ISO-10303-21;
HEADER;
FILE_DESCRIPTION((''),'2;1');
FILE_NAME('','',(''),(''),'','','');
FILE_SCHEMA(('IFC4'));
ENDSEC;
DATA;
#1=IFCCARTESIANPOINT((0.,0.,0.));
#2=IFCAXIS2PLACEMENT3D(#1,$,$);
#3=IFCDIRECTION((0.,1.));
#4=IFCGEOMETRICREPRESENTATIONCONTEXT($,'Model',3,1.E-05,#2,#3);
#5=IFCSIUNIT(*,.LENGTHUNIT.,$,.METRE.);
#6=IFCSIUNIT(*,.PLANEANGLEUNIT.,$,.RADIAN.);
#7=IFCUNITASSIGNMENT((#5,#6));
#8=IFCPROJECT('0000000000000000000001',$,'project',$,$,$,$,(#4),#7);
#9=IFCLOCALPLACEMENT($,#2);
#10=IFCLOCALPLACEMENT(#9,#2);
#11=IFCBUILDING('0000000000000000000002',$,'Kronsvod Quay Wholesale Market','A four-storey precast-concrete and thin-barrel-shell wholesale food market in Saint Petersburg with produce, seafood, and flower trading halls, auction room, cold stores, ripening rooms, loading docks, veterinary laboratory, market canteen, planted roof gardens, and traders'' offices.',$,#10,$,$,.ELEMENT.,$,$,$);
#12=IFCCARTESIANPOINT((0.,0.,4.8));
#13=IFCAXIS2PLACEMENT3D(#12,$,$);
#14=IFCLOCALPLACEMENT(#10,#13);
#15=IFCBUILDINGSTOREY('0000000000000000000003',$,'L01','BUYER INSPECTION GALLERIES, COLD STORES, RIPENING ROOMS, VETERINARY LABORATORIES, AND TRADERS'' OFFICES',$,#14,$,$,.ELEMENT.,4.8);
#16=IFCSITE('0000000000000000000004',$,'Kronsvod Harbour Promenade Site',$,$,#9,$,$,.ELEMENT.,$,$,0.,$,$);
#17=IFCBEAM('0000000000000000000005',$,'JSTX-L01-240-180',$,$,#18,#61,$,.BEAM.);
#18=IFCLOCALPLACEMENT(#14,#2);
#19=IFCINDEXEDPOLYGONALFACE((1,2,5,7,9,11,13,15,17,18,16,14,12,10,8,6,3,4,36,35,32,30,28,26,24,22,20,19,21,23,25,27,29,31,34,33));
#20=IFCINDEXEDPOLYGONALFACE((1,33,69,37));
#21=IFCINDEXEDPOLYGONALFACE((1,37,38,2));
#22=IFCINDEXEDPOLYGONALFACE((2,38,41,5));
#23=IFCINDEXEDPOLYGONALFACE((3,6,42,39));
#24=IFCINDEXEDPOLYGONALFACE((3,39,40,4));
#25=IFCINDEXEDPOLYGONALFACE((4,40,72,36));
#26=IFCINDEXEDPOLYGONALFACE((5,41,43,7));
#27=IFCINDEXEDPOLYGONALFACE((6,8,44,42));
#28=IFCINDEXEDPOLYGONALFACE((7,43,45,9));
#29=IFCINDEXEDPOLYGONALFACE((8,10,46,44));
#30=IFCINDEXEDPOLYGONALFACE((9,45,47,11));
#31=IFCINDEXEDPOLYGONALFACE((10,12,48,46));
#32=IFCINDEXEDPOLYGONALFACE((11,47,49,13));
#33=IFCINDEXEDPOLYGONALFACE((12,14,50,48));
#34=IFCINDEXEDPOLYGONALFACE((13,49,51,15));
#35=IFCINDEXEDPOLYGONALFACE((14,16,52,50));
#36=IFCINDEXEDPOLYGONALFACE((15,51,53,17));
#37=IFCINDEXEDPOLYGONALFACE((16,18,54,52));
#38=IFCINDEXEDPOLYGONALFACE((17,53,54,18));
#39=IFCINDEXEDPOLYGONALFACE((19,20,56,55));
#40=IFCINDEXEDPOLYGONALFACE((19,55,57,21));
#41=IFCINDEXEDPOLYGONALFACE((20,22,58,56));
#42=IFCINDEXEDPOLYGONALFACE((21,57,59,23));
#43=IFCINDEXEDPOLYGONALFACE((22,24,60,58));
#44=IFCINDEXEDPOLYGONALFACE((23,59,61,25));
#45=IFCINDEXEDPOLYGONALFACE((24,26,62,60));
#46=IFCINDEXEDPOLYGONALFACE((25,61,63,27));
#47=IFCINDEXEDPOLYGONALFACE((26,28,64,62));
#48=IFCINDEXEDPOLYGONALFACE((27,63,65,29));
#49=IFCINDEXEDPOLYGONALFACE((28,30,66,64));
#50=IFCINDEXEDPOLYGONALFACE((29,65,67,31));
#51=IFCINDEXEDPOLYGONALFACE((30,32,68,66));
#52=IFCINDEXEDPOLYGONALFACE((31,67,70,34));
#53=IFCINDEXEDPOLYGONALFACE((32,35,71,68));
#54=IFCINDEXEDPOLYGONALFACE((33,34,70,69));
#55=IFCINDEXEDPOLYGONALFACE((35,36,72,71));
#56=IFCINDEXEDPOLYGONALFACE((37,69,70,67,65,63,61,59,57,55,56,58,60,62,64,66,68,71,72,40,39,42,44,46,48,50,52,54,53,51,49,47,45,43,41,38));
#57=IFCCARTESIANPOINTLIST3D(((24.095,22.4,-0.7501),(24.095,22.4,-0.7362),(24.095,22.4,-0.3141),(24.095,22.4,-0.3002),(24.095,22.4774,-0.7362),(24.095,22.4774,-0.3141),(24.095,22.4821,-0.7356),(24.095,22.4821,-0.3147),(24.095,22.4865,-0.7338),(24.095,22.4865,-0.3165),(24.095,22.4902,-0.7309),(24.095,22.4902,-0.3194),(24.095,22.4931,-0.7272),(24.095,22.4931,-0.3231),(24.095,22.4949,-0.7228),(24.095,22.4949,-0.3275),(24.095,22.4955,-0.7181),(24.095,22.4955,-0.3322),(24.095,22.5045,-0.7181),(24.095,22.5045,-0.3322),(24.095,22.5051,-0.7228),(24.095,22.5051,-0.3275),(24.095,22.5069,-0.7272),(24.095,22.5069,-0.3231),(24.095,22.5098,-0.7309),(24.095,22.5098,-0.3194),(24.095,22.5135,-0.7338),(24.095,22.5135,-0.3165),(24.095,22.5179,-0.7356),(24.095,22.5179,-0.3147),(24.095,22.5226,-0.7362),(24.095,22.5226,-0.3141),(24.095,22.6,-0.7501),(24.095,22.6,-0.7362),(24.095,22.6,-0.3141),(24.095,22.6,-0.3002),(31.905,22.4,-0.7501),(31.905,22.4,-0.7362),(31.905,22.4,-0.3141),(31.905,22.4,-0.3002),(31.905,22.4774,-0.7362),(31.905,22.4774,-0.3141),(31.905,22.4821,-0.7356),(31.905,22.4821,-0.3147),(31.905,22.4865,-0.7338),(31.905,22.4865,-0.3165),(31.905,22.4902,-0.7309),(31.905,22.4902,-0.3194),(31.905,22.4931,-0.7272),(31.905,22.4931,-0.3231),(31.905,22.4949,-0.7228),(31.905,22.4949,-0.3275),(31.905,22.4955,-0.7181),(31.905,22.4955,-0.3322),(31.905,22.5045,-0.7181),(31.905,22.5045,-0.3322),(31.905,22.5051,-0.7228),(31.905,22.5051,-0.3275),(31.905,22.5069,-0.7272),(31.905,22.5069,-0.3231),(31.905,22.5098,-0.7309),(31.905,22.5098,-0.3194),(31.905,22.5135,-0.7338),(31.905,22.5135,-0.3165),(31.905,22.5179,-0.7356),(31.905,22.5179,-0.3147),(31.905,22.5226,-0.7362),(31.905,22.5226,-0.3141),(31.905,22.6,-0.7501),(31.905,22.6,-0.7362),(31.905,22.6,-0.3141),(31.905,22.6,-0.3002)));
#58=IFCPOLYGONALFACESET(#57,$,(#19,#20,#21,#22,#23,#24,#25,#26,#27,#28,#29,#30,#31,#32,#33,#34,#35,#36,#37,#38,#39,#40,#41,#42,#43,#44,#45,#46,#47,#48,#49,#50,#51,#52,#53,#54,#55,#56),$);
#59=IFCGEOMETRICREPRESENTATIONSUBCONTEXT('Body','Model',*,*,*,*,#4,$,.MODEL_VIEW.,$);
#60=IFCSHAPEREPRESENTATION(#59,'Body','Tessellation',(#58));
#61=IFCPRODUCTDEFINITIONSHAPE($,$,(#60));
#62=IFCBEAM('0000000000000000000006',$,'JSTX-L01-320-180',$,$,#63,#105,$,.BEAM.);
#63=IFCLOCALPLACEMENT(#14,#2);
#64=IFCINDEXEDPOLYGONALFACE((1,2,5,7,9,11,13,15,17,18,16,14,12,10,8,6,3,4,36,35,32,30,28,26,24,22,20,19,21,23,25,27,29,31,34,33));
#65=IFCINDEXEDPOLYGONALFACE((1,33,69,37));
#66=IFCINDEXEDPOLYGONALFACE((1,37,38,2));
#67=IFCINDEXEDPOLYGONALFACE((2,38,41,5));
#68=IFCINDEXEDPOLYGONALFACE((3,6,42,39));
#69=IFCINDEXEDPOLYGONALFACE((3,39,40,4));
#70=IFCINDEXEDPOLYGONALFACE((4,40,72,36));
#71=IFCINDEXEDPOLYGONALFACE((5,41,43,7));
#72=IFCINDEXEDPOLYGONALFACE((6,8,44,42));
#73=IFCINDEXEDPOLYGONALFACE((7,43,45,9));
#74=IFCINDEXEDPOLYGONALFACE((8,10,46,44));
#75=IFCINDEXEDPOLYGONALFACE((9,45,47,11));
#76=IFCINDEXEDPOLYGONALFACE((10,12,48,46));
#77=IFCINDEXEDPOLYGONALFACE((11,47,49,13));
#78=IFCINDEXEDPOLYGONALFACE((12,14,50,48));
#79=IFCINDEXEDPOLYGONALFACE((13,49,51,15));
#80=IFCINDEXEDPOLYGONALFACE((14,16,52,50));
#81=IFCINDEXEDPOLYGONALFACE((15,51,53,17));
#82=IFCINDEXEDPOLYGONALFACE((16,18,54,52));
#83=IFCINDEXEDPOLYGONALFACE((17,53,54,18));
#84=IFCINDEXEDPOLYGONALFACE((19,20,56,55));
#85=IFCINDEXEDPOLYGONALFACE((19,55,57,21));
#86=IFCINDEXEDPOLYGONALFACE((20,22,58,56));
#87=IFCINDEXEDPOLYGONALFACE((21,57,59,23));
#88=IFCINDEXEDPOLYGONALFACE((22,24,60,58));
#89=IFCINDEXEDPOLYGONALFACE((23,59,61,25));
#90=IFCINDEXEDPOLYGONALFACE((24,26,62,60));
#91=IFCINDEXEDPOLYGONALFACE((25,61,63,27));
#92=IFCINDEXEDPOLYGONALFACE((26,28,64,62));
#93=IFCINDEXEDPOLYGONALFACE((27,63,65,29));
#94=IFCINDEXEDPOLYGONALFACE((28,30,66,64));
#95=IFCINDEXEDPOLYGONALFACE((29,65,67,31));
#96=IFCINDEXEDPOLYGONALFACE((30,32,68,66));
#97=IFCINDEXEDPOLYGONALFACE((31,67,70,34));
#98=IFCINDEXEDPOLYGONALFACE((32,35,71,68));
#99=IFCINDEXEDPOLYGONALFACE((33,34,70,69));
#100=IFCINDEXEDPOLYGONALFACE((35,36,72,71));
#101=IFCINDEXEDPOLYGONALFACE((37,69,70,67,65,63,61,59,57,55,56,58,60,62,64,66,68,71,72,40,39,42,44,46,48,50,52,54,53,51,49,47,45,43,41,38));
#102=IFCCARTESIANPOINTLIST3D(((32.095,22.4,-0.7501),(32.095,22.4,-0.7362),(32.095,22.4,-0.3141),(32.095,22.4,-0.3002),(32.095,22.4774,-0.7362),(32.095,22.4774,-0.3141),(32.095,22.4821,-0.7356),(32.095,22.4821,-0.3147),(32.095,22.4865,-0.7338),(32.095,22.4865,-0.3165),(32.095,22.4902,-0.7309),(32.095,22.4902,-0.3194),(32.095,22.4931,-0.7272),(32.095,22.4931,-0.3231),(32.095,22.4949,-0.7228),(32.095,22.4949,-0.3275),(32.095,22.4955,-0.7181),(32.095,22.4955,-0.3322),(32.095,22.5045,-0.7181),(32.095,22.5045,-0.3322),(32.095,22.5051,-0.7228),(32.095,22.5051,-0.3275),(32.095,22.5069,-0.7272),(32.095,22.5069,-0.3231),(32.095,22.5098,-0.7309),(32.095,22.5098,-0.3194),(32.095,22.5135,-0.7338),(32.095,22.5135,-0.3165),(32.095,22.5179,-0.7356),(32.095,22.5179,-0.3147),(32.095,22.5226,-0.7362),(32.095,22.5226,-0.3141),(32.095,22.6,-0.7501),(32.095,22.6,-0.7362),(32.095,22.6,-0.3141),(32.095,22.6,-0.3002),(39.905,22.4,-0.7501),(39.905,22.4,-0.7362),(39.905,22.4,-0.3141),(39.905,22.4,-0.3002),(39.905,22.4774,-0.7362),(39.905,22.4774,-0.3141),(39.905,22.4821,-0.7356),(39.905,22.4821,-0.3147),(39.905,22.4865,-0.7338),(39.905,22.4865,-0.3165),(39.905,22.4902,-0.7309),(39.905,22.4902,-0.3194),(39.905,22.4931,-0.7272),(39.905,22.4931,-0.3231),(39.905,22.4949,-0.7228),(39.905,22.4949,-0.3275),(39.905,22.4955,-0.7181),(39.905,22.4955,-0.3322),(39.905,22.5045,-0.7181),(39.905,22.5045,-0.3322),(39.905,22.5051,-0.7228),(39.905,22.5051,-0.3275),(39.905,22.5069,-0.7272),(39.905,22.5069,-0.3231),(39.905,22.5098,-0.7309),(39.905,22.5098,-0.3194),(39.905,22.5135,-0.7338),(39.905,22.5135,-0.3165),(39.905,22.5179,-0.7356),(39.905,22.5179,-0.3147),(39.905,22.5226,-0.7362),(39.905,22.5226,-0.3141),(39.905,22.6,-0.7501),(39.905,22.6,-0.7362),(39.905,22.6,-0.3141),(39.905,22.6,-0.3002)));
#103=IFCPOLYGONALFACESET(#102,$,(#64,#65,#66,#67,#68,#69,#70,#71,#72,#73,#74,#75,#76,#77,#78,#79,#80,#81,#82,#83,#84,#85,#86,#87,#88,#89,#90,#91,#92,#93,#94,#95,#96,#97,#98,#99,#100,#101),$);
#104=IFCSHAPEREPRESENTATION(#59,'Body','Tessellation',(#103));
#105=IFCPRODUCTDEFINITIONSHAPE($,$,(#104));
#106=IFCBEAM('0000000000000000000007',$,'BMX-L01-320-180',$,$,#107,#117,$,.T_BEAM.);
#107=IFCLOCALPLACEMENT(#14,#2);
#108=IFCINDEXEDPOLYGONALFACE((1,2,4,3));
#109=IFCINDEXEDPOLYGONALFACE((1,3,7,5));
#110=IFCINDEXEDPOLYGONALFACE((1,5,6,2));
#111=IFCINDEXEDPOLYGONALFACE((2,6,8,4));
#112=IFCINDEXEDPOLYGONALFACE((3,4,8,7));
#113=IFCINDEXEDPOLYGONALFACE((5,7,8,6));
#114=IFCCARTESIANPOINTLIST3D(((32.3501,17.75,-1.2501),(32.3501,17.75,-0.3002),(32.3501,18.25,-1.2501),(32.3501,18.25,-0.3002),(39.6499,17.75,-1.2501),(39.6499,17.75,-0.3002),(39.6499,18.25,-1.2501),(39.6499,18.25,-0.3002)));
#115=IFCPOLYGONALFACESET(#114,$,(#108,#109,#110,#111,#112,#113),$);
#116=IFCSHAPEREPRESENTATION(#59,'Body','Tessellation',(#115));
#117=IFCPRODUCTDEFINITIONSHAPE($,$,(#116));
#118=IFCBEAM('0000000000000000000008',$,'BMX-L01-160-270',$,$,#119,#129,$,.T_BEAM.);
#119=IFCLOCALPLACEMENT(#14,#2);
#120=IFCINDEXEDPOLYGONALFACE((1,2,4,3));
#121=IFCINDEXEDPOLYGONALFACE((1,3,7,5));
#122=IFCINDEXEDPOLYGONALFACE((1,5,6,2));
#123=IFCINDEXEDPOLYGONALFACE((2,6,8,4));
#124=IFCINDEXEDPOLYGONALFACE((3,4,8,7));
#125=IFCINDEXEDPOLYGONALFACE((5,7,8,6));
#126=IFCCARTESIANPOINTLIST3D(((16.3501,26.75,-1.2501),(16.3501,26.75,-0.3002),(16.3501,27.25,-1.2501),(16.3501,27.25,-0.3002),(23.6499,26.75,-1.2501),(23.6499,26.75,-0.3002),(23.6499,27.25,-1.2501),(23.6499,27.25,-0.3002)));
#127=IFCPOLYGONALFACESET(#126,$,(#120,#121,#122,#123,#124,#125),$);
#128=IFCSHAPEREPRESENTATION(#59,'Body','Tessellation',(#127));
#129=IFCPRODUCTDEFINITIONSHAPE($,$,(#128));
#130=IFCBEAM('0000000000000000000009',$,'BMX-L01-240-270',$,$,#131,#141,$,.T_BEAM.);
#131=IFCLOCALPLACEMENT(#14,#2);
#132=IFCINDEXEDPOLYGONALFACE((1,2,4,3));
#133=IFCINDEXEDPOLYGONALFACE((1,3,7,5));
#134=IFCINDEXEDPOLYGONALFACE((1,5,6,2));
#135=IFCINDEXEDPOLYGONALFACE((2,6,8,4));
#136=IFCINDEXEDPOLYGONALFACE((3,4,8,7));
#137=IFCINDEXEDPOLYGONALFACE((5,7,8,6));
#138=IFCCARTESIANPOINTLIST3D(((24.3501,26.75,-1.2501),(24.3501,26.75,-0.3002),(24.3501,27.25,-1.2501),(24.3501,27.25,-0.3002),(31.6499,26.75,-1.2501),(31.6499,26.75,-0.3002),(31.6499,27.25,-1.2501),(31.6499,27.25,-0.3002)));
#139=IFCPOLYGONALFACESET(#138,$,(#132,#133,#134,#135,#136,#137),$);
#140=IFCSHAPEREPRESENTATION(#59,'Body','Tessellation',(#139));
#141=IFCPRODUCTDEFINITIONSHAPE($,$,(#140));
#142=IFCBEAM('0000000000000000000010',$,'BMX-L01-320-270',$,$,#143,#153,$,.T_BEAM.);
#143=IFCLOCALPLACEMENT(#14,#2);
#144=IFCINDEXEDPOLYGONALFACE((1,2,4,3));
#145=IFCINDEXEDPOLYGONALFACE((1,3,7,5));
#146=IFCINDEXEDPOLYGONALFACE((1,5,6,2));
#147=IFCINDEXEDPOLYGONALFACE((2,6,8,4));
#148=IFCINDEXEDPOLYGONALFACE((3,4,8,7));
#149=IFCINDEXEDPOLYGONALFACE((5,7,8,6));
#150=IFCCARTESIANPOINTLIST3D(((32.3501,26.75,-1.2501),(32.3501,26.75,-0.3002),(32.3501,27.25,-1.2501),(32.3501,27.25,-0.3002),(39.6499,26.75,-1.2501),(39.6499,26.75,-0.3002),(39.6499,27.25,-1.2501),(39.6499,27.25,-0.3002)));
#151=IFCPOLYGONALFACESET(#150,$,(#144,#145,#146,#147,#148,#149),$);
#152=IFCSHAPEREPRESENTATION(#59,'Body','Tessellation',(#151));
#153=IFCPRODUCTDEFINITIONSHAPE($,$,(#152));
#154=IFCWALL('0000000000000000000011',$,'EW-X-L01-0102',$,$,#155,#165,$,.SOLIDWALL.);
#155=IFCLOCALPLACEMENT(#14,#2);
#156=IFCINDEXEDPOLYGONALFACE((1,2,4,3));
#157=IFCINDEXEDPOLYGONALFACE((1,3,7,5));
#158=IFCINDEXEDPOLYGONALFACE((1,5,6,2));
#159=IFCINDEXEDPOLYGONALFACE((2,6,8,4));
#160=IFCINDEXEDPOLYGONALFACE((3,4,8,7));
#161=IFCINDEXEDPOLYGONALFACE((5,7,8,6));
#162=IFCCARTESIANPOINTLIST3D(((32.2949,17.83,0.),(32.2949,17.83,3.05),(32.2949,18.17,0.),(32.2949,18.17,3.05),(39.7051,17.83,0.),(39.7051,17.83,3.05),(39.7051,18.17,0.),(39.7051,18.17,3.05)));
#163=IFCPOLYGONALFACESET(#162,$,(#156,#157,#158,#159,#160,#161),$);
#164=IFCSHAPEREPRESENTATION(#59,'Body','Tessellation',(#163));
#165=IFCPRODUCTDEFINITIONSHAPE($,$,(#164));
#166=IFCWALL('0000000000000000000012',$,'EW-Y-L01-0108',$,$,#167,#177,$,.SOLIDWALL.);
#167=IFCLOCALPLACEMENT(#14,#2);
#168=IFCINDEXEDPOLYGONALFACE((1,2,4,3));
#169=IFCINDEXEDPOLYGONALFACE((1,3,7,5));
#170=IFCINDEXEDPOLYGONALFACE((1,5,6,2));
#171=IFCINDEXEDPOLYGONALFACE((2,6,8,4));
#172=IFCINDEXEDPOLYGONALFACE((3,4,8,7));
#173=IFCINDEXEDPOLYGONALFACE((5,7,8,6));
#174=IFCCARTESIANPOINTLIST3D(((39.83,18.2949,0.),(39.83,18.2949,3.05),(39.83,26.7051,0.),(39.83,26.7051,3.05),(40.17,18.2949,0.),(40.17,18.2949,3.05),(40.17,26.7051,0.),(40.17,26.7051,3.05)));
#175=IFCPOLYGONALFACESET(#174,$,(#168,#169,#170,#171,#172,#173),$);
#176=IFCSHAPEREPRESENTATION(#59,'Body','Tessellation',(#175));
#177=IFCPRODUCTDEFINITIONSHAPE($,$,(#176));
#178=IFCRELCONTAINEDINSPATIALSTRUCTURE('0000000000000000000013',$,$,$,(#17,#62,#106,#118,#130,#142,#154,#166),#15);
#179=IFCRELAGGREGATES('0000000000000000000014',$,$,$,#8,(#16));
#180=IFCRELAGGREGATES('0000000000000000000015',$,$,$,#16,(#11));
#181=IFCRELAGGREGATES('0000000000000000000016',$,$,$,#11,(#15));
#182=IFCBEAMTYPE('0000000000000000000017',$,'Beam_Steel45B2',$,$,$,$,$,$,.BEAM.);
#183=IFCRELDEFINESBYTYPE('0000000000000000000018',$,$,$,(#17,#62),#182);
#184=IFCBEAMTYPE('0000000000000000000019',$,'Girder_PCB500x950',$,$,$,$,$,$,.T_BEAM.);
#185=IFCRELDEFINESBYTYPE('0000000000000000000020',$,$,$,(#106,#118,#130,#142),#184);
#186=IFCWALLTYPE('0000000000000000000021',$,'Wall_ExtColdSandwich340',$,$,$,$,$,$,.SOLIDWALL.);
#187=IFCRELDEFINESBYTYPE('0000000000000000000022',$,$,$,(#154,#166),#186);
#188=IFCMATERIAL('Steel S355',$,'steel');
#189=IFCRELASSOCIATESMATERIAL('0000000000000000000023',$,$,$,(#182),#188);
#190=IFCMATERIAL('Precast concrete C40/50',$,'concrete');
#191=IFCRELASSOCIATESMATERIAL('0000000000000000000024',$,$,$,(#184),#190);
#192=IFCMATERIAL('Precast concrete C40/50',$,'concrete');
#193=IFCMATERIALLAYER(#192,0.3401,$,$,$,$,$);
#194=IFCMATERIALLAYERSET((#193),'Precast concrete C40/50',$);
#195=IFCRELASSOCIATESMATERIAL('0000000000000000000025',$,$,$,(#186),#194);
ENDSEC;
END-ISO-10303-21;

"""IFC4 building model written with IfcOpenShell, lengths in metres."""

from ifc_helpers import new_model, si_unit, direction, frame, frame_2d, origin, origin_2d, place, context, subcontext, project, spatial, rectangle, i_section, extrude, material, layer, layer_set, material_profile, profile_set, type_object, element, save


model = new_model("IFC4")

# Units and contexts
model_context = context("Model", 3, precision=1e-05, world=origin(), true_north=direction((0.0, 1.0)))
body_context = subcontext(model_context, "Body", "Model", "MODEL_VIEW")
ifc_project = project(units=[si_unit("LENGTHUNIT", "METRE"), si_unit("PLANEANGLEUNIT", "RADIAN")], contexts=[model_context])

# Site, building, storey
site_placement = place(None, origin())
site = spatial("IfcSite", under=ifc_project, at=site_placement, Name="Kronsvod Harbour Promenade Site", CompositionType="ELEMENT", RefElevation=0.0)
building_placement = place(site_placement, origin())
building = spatial("IfcBuilding", under=site, at=building_placement, Name="Kronsvod Quay Wholesale Market", Description="A four-storey precast-concrete and thin-barrel-shell wholesale food market in Saint Petersburg with produce, seafood, and flower trading halls, auction room, cold stores, ripening rooms, loading docks, veterinary laboratory, market canteen, planted roof gardens, and traders' offices.", CompositionType="ELEMENT")
storey_placement = place(building_placement, frame((0.0, 0.0, 4.8)))
storey = spatial("IfcBuildingStorey", under=building, at=storey_placement, Name="L01", Description="BUYER INSPECTION GALLERIES, COLD STORES, RIPENING ROOMS, VETERINARY LABORATORIES, AND TRADERS' OFFICES", CompositionType="ELEMENT", Elevation=4.8)

# Beams
ifc_material_1 = material(Name="Steel S355", Category="steel")
ifc_material_profile_1 = material_profile(ifc_material_1, i_section(OverallWidth=0.2, OverallDepth=0.45, WebThickness=0.009, FlangeThickness=0.0139, FilletRadius=0.0181, at=origin_2d()), Name="45B2")
ifc_profile_set_1 = profile_set([ifc_material_profile_1], Name="Steel S355")
beam_type_1 = type_object("IfcBeamType", Name="Beam_Steel45B2", PredefinedType="BEAM", material=ifc_profile_set_1)
for number, where, z_axis, x_axis, name in (
    (1, (24.095, 22.5, -0.5251), (1.0, 0.0, 0.0), (0.0, 1.0, 0.0), "JSTX-L01-240-180"),
    (2, (32.095, 22.5, -0.5251), (1.0, 0.0, 0.0), (0.0, 1.0, 0.0), "JSTX-L01-320-180"),
):
    element("IfcBeam", number, at=place(storey_placement, frame(where, z_axis=z_axis, x_axis=x_axis)), inside=storey, type_object=beam_type_1, Name=name, PredefinedType="BEAM", context=body_context, shape_type="SweptSolid", body=[
        extrude(i_section(OverallWidth=0.2, OverallDepth=0.45, WebThickness=0.009, FlangeThickness=0.0139, FilletRadius=0.0181, at=origin_2d()), origin(), (0.0, 0.0, 1.0), 7.8101),
    ])
ifc_material_2 = material(Name="Precast concrete C40/50", Category="concrete")
ifc_material_profile_2 = material_profile(ifc_material_2, rectangle(XDim=0.5, YDim=0.95, at=origin_2d()), Name="PCB500x950")
ifc_profile_set_2 = profile_set([ifc_material_profile_2], Name="Precast concrete C40/50")
beam_type_2 = type_object("IfcBeamType", Name="Girder_PCB500x950", PredefinedType="T_BEAM", material=ifc_profile_set_2)
for number, where, z_axis, x_axis, name in (
    (3, (32.3501, 18.0, -0.7751), (1.0, 0.0, 0.0), (0.0, 1.0, 0.0), "BMX-L01-320-180"),
    (4, (16.3501, 27.0, -0.7751), (1.0, 0.0, 0.0), (0.0, 1.0, 0.0), "BMX-L01-160-270"),
    (5, (24.3501, 27.0, -0.7751), (1.0, 0.0, 0.0), (0.0, 1.0, 0.0), "BMX-L01-240-270"),
    (6, (32.3501, 27.0, -0.7751), (1.0, 0.0, 0.0), (0.0, 1.0, 0.0), "BMX-L01-320-270"),
):
    element("IfcBeam", number, at=place(storey_placement, frame(where, z_axis=z_axis, x_axis=x_axis)), inside=storey, type_object=beam_type_2, Name=name, PredefinedType="T_BEAM", context=body_context, shape_type="SweptSolid", body=[
        extrude(rectangle(XDim=0.5, YDim=0.95, at=origin_2d()), origin(), (0.0, 0.0, 1.0), 7.2998),
    ])

# Walls
ifc_material_3 = material(Name="Precast concrete C40/50", Category="concrete")
ifc_layer_1 = layer(ifc_material_3, 0.3401)
ifc_layer_set_1 = layer_set([ifc_layer_1], Name="Precast concrete C40/50")
wall_type_1 = type_object("IfcWallType", Name="Wall_ExtColdSandwich340", PredefinedType="SOLIDWALL", material=ifc_layer_set_1)
wall_1_placement = place(storey_placement, frame((32.2949, 18.0, 0.0), z_axis=(0.0, 0.0, 1.0), x_axis=(1.0, 0.0, 0.0)))
element("IfcWall", 7, at=wall_1_placement, inside=storey, type_object=wall_type_1, Name="EW-X-L01-0102", PredefinedType="SOLIDWALL", context=body_context, shape_type="SweptSolid", body=[
    extrude(rectangle(XDim=7.4102, YDim=0.3401, at=frame_2d((3.7051, 0.0))), origin(), (0.0, 0.0, 1.0), 3.05),
])
wall_2_placement = place(storey_placement, frame((40.0, 18.2949, 0.0), z_axis=(0.0, 0.0, 1.0), x_axis=(0.0, 1.0, 0.0)))
element("IfcWall", 8, at=wall_2_placement, inside=storey, type_object=wall_type_1, Name="EW-Y-L01-0108", PredefinedType="SOLIDWALL", context=body_context, shape_type="SweptSolid", body=[
    extrude(rectangle(XDim=8.4102, YDim=0.3401, at=frame_2d((4.2051, 0.0))), origin(), (0.0, 0.0, 1.0), 3.05),
])

save(model, "model.ifc")
